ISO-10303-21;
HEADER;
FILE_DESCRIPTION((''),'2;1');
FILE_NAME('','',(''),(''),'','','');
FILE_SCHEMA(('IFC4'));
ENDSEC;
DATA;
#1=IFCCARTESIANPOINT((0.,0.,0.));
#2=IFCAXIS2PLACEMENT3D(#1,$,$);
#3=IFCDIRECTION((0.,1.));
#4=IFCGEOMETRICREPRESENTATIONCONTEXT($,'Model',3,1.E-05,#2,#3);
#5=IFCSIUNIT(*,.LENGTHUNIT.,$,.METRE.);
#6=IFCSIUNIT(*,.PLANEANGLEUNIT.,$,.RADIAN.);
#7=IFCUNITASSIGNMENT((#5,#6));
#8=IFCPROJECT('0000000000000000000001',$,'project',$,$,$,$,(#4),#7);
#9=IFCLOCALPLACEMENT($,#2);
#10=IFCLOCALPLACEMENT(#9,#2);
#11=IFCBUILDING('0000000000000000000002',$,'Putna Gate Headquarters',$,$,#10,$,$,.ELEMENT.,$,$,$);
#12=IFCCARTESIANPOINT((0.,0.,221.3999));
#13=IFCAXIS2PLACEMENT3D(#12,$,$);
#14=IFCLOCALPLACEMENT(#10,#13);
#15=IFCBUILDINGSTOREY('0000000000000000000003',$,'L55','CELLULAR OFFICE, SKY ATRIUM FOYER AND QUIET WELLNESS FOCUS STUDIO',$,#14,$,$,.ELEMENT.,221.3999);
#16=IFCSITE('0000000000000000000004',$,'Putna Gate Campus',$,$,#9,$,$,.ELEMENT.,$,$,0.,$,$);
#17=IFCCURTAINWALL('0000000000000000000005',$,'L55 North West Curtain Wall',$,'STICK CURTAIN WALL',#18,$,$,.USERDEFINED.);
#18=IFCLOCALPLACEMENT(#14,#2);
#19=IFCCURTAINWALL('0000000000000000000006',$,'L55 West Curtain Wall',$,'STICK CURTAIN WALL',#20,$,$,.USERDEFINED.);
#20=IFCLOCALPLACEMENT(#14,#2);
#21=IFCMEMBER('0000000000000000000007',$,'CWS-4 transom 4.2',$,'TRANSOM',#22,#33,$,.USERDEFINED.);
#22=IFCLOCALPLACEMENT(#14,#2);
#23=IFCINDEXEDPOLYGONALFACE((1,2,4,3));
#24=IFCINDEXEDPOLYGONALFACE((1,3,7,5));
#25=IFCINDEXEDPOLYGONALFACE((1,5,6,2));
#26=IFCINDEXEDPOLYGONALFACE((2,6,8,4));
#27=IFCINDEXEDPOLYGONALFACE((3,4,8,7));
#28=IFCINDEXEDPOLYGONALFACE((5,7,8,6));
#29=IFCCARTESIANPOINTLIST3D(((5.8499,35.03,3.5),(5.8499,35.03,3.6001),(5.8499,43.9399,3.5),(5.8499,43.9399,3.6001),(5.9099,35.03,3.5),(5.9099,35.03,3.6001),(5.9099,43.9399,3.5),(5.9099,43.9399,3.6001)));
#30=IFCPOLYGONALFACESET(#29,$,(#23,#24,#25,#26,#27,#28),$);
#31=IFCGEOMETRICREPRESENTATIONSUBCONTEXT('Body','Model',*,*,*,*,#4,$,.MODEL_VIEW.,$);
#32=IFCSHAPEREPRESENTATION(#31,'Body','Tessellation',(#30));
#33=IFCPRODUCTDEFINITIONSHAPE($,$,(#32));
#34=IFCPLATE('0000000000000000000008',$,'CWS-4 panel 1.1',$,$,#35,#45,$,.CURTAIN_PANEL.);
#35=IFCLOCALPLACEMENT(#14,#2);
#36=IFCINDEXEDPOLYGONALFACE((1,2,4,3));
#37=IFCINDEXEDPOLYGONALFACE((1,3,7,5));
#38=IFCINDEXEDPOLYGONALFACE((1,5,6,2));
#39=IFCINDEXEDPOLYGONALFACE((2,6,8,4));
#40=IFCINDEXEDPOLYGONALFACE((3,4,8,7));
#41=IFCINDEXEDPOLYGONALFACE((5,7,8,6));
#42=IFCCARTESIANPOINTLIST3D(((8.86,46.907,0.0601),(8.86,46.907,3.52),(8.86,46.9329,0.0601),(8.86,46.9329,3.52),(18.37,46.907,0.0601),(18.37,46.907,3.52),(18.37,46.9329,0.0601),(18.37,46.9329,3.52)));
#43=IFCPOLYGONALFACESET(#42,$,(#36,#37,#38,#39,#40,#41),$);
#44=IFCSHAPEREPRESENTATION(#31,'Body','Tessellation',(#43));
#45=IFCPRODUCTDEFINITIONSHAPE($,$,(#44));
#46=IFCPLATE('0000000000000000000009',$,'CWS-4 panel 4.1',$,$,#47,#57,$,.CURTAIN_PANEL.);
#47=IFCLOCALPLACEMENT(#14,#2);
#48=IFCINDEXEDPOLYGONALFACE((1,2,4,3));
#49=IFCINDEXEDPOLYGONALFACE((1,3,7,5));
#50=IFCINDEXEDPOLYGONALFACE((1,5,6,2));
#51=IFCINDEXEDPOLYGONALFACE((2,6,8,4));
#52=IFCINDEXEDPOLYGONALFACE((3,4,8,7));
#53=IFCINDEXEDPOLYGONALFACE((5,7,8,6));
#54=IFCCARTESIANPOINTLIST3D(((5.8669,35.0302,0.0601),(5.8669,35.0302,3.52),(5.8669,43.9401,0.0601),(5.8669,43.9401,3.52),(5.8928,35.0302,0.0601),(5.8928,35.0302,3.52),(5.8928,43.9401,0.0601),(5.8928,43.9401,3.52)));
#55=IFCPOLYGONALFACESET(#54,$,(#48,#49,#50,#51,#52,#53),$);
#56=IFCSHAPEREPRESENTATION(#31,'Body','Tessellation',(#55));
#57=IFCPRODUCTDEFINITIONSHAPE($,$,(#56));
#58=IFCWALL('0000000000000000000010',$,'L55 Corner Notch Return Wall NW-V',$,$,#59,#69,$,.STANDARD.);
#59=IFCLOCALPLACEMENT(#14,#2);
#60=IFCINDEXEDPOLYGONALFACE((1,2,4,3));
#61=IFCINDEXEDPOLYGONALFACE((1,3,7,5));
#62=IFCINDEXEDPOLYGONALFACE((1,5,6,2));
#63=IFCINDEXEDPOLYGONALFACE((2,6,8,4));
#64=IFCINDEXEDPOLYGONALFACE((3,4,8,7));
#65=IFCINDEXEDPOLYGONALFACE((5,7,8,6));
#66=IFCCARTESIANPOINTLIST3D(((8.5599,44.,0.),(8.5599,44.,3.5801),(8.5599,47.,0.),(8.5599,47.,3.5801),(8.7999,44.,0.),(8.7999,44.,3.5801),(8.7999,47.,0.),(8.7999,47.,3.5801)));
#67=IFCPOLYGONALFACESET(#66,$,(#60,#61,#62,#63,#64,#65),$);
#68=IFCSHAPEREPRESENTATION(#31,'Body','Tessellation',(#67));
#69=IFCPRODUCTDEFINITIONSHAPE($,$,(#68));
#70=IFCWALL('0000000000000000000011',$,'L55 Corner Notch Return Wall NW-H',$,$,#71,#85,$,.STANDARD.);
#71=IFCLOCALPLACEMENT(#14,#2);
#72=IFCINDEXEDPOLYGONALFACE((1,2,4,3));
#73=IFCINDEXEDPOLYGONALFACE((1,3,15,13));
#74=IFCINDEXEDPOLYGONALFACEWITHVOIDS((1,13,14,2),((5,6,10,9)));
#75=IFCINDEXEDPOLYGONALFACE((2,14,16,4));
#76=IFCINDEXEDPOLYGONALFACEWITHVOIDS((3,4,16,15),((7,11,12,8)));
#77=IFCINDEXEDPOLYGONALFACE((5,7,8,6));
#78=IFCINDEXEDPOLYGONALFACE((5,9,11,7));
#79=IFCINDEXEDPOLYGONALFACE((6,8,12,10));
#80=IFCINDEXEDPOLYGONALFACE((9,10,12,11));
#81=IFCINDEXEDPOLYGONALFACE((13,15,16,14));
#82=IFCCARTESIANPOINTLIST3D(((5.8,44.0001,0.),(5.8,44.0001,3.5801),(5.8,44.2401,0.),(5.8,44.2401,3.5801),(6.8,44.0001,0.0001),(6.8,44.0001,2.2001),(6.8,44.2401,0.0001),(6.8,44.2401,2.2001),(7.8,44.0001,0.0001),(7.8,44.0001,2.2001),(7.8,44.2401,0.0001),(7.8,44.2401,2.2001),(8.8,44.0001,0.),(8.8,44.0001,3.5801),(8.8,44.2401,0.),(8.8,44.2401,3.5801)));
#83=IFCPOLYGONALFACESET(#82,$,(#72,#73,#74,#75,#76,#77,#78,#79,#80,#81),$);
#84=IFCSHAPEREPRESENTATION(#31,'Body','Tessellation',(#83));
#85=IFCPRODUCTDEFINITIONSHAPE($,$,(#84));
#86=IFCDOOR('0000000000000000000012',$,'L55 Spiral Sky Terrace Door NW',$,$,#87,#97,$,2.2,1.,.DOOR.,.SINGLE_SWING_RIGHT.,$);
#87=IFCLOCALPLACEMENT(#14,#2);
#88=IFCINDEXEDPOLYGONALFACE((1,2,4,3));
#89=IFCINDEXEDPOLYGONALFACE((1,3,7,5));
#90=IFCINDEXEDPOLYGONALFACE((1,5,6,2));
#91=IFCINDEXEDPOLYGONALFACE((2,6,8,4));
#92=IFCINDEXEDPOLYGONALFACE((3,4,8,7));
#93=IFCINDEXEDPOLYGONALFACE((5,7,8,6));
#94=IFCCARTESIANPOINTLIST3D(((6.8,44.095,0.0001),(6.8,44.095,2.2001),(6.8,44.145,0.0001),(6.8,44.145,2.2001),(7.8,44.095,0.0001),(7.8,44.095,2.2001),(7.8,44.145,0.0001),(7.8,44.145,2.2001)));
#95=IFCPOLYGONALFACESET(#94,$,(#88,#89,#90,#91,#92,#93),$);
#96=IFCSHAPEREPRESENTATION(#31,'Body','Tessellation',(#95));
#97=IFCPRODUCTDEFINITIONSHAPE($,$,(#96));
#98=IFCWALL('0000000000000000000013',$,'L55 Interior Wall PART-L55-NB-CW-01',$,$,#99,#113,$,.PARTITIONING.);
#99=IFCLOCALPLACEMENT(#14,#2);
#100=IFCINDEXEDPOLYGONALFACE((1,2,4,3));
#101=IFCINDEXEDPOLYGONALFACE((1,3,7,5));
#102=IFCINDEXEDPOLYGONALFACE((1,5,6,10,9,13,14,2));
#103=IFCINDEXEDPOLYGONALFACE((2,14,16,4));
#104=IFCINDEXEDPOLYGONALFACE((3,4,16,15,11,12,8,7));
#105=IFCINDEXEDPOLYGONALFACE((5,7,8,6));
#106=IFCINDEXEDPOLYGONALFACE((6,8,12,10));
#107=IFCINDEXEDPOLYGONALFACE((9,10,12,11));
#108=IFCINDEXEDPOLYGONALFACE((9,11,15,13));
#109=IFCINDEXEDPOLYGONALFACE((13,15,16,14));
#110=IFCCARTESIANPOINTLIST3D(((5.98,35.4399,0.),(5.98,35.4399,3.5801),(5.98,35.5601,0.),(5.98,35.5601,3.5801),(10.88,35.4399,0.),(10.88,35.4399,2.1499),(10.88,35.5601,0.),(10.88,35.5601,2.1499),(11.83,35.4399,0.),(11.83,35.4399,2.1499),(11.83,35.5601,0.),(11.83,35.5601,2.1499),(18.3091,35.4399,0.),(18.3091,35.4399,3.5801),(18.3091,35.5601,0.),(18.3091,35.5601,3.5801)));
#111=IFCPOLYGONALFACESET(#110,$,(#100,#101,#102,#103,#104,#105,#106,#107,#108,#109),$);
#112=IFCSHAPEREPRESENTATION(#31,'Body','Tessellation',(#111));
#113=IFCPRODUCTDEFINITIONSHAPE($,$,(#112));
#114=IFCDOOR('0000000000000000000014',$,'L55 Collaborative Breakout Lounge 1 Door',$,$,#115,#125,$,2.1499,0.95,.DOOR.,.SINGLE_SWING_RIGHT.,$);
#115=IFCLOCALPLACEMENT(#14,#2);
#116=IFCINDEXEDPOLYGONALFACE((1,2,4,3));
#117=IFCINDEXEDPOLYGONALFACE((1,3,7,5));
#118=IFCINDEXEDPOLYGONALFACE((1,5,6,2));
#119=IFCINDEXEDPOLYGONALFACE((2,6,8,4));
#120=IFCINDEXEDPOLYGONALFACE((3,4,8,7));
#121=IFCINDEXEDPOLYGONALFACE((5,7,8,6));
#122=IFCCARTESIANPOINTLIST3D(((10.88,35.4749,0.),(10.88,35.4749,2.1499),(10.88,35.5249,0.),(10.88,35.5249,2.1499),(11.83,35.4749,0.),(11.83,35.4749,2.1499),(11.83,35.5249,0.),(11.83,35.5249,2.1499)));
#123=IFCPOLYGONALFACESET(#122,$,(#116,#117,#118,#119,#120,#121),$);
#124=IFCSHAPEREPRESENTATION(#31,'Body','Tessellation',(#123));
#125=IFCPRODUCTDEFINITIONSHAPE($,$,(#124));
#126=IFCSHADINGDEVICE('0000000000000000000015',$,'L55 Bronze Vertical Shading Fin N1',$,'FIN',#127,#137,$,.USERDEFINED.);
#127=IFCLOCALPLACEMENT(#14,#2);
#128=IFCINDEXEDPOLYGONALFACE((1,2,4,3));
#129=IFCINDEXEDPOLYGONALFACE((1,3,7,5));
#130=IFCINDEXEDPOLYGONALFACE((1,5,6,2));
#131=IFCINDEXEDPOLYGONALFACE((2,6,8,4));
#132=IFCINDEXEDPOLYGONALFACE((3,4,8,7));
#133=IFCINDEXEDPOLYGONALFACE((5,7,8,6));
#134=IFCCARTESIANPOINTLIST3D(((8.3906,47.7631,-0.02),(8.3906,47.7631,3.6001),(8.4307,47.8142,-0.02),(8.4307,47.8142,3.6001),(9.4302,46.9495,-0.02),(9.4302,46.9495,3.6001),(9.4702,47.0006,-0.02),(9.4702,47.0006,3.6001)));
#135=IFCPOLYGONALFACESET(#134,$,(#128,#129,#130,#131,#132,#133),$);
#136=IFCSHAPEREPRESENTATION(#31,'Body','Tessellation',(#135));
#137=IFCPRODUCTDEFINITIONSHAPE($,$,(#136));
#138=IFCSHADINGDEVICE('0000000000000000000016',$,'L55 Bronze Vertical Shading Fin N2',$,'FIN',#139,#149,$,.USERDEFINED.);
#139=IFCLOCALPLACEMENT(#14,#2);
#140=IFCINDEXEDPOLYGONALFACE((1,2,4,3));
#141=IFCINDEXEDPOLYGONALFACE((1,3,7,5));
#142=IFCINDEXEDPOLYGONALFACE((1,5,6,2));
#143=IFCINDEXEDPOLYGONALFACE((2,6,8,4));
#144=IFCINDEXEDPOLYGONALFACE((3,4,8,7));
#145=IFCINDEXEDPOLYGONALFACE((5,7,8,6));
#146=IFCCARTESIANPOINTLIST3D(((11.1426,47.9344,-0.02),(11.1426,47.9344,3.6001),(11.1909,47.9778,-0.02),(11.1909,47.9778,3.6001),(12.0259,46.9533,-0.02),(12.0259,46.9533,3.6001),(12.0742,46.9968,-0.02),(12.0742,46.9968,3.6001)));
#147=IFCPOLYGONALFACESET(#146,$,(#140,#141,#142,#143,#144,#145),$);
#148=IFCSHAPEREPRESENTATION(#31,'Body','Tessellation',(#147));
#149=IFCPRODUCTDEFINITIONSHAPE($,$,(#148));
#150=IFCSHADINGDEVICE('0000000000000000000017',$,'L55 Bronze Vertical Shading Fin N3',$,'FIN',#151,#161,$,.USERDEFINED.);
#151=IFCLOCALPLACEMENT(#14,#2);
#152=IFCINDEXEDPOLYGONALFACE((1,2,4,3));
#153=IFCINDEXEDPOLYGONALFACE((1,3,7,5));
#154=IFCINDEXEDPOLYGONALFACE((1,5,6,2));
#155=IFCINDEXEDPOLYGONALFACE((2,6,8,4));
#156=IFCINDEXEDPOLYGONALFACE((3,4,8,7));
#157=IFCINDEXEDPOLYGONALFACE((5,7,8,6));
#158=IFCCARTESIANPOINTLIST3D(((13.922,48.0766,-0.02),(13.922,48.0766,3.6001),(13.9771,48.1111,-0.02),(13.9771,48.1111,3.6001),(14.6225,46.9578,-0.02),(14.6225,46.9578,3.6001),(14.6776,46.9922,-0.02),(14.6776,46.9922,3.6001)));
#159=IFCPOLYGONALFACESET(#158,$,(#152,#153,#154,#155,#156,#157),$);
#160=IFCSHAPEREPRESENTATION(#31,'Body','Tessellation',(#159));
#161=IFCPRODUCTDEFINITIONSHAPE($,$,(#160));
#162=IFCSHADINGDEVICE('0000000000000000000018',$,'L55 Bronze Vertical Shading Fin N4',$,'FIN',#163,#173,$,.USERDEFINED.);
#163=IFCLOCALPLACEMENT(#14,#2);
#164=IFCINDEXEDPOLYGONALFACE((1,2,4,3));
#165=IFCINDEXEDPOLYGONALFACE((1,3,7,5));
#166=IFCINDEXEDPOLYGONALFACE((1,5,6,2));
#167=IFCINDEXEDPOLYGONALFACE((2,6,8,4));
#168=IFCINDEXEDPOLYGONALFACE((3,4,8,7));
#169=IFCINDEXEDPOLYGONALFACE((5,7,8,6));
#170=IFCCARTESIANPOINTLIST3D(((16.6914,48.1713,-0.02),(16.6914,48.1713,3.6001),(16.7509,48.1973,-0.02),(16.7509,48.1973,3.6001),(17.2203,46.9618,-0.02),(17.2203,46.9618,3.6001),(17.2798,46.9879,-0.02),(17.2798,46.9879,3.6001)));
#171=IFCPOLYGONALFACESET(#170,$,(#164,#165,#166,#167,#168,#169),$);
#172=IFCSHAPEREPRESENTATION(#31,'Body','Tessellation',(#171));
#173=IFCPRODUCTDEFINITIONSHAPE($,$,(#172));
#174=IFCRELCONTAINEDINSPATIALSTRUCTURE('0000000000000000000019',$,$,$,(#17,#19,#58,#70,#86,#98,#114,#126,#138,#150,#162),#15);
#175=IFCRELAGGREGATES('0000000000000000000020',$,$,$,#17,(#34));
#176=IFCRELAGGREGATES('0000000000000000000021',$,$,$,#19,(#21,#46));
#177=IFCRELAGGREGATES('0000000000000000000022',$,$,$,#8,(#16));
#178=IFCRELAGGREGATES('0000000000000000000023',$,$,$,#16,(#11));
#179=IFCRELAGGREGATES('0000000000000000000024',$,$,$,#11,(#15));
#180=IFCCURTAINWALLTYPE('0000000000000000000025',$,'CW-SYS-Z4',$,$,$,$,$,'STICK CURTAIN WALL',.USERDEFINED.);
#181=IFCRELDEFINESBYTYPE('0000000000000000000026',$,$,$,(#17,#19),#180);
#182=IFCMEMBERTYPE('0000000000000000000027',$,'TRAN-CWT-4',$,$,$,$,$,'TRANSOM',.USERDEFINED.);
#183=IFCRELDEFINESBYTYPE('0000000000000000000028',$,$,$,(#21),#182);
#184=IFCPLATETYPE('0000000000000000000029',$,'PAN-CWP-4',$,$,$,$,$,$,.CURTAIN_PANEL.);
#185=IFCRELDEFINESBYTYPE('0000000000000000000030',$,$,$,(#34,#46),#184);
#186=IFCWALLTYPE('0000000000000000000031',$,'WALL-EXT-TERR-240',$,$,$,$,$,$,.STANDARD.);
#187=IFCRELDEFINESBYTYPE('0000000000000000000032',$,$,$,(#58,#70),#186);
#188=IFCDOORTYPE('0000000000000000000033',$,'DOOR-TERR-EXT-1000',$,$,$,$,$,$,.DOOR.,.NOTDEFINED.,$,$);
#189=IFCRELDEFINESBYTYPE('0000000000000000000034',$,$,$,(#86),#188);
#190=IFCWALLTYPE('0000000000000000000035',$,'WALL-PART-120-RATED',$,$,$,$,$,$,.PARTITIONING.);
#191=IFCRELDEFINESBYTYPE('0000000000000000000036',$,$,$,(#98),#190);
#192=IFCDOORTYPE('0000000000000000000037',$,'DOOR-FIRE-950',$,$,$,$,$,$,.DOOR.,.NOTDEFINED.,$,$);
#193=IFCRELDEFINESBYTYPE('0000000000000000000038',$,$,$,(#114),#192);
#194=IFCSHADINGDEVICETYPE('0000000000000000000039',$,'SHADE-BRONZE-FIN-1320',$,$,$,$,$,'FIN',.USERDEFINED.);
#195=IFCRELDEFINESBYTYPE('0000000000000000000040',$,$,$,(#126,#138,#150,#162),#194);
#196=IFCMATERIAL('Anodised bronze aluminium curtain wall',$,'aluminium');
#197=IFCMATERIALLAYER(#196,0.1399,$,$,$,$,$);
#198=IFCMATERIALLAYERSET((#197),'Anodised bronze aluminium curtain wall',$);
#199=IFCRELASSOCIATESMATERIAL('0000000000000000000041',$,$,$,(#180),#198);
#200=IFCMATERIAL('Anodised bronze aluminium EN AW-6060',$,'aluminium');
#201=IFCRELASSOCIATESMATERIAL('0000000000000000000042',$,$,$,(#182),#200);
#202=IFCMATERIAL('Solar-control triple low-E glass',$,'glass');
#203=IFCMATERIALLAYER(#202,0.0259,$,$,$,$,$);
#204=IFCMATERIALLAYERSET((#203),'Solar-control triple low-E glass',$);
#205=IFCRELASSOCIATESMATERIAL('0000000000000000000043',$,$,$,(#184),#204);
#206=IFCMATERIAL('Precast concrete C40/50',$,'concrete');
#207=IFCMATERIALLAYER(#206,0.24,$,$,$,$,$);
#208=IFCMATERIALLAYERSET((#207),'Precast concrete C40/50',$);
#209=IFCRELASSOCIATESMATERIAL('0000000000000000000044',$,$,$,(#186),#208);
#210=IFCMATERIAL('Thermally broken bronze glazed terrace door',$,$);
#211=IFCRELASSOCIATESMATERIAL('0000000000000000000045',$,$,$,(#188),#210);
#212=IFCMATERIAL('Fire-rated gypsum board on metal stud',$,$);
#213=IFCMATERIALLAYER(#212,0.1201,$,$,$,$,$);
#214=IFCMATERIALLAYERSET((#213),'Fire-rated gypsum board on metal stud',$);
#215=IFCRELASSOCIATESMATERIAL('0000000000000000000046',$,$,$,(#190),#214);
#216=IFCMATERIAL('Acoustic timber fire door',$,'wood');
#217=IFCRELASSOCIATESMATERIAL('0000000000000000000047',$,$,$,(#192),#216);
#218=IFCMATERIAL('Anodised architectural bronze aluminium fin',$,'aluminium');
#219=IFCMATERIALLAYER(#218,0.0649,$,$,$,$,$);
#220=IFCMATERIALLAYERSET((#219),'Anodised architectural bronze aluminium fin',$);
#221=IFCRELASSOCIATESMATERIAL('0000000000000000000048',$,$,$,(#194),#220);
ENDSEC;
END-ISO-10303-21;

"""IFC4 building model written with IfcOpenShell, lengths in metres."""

from ifc_helpers import new_model, si_unit, direction, frame, frame_2d, origin, origin_2d, place, context, subcontext, project, spatial, rectangle, extrude, material, layer, layer_set, material_profile, profile_set, type_object, element, fill, aggregate, save


model = new_model("IFC4")

# Units and contexts
model_context = context("Model", 3, precision=1e-05, world=origin(), true_north=direction((0.0, 1.0)))
body_context = subcontext(model_context, "Body", "Model", "MODEL_VIEW")
ifc_project = project(units=[si_unit("LENGTHUNIT", "METRE"), si_unit("PLANEANGLEUNIT", "RADIAN")], contexts=[model_context])

# Site, building, storey
site_placement = place(None, origin())
site = spatial("IfcSite", under=ifc_project, at=site_placement, Name="Putna Gate Campus", CompositionType="ELEMENT", RefElevation=0.0)
building_placement = place(site_placement, origin())
building = spatial("IfcBuilding", under=site, at=building_placement, Name="Putna Gate Headquarters", CompositionType="ELEMENT")
storey_placement = place(building_placement, frame((0.0, 0.0, 221.3999)))
storey = spatial("IfcBuildingStorey", under=building, at=storey_placement, Name="L55", Description="CELLULAR OFFICE, SKY ATRIUM FOYER AND QUIET WELLNESS FOCUS STUDIO", CompositionType="ELEMENT", Elevation=221.3999)

# Curtain wall
ifc_material_1 = material(Name="Anodised bronze aluminium curtain wall", Category="aluminium")
ifc_layer_1 = layer(ifc_material_1, 0.1399)
ifc_layer_set_1 = layer_set([ifc_layer_1], Name="Anodised bronze aluminium curtain wall")
curtain_wall_type = type_object("IfcCurtainWallType", Name="CW-SYS-Z4", ElementType="STICK CURTAIN WALL", PredefinedType="USERDEFINED", material=ifc_layer_set_1)
curtain_wall_1_placement = place(storey_placement, origin())
curtain_wall_1 = element("IfcCurtainWall", 1, at=curtain_wall_1_placement, inside=storey, type_object=curtain_wall_type, Name="L55 North West Curtain Wall", ObjectType="STICK CURTAIN WALL", PredefinedType="USERDEFINED")
ifc_material_2 = material(Name="Anodised bronze aluminium EN AW-6060", Category="aluminium")

# Curtain wall
curtain_wall_2_placement = place(storey_placement, origin())
curtain_wall_2 = element("IfcCurtainWall", 2, at=curtain_wall_2_placement, inside=storey, type_object=curtain_wall_type, Name="L55 West Curtain Wall", ObjectType="STICK CURTAIN WALL", PredefinedType="USERDEFINED")

# Member
ifc_material_profile_1 = material_profile(ifc_material_2, rectangle(XDim=0.0601, YDim=0.1001, at=origin_2d()), Name="Anodised bronze aluminium EN AW-6060")
ifc_profile_set_1 = profile_set([ifc_material_profile_1], Name="Anodised bronze aluminium EN AW-6060")
member_type_1 = type_object("IfcMemberType", Name="TRAN-CWT-4", ElementType="TRANSOM", PredefinedType="USERDEFINED", material=ifc_profile_set_1)
member_1_placement = place(storey_placement, frame((5.8799, 35.03, 3.55), z_axis=(0.0, 1.0, 0.0), x_axis=(-1.0, 0.0, 0.0)))
member_1 = element("IfcMember", 3, at=member_1_placement, type_object=member_type_1, Name="CWS-4 transom 4.2", ObjectType="TRANSOM", PredefinedType="USERDEFINED", context=body_context, shape_type="SweptSolid", body=[
    extrude(rectangle(XDim=0.0601, YDim=0.1001, at=origin_2d()), origin(), (0.0, 0.0, 1.0), 8.9099),
])

# Plates
ifc_material_3 = material(Name="Solar-control triple low-E glass", Category="glass")
ifc_layer_2 = layer(ifc_material_3, 0.0259)
ifc_layer_set_2 = layer_set([ifc_layer_2], Name="Solar-control triple low-E glass")
plate_type = type_object("IfcPlateType", Name="PAN-CWP-4", PredefinedType="CURTAIN_PANEL", material=ifc_layer_set_2)
plate_1_placement = place(storey_placement, frame((13.615, 46.9199, 0.0601), z_axis=(0.0, 0.0, 1.0), x_axis=(1.0, 0.0, 0.0)))
plate_1 = element("IfcPlate", 4, at=plate_1_placement, type_object=plate_type, Name="CWS-4 panel 1.1", PredefinedType="CURTAIN_PANEL", context=body_context, shape_type="SweptSolid", body=[
    extrude(rectangle(XDim=9.51, YDim=0.0259, at=origin_2d()), origin(), (0.0, 0.0, 1.0), 3.46),
])
aggregate(curtain_wall_1, [plate_1])
plate_2_placement = place(storey_placement, frame((5.8799, 39.4851, 0.0601), z_axis=(0.0, 0.0, 1.0), x_axis=(0.0, 1.0, 0.0)))
plate_2 = element("IfcPlate", 5, at=plate_2_placement, type_object=plate_type, Name="CWS-4 panel 4.1", PredefinedType="CURTAIN_PANEL", context=body_context, shape_type="SweptSolid", body=[
    extrude(rectangle(XDim=8.9099, YDim=0.0259, at=origin_2d()), origin(), (0.0, 0.0, 1.0), 3.46),
])
aggregate(curtain_wall_2, [member_1, plate_2])

# Wall
ifc_material_4 = material(Name="Precast concrete C40/50", Category="concrete")
ifc_layer_3 = layer(ifc_material_4, 0.24)
ifc_layer_set_3 = layer_set([ifc_layer_3], Name="Precast concrete C40/50")
wall_type_1 = type_object("IfcWallType", Name="WALL-EXT-TERR-240", PredefinedType="STANDARD", material=ifc_layer_set_3)
wall_1_placement = place(storey_placement, frame((8.6799, 44.0, 0.0), z_axis=(0.0, 0.0, 1.0), x_axis=(0.0, 1.0, 0.0)))
element("IfcWall", 6, at=wall_1_placement, inside=storey, type_object=wall_type_1, Name="L55 Corner Notch Return Wall NW-V", PredefinedType="STANDARD", context=body_context, shape_type="SweptSolid", body=[
    extrude(rectangle(XDim=3.0, YDim=0.24, at=frame_2d((1.5, 0.0))), origin(), (0.0, 0.0, 1.0), 3.5801),
])

# Walls, openings, doors
wall_2_placement = place(storey_placement, frame((5.8, 44.1201, 0.0), z_axis=(0.0, 0.0, 1.0), x_axis=(1.0, 0.0, 0.0)))
wall_2 = element("IfcWall", 7, at=wall_2_placement, inside=storey, type_object=wall_type_1, Name="L55 Corner Notch Return Wall NW-H", PredefinedType="STANDARD", context=body_context, shape_type="SweptSolid", body=[
    extrude(rectangle(XDim=3.0, YDim=0.24, at=frame_2d((1.5, 0.0))), origin(), (0.0, 0.0, 1.0), 3.5801),
])
opening_1_placement = place(wall_2_placement, frame((1.0, 0.0, 0.0)))
opening_1 = element("IfcOpeningElement", 8, at=opening_1_placement, cuts=wall_2, PredefinedType="OPENING", context=body_context, shape_type="SweptSolid", body=[
    extrude(rectangle(XDim=1.0, YDim=2.2, at=frame_2d((0.5, 1.1001))), frame((0.0, 0.1299, 0.0), z_axis=(0.0, -1.0, 0.0), x_axis=(1.0, 0.0, 0.0)), (0.0, 0.0, 1.0), 0.26),
])
ifc_material_5 = material(Name="Thermally broken bronze glazed terrace door")
door_type_1 = type_object("IfcDoorType", Name="DOOR-TERR-EXT-1000", OperationType="NOTDEFINED", PredefinedType="DOOR", material=ifc_material_5)
door_1_placement = place(opening_1_placement, origin())
door_1 = element("IfcDoor", 9, at=door_1_placement, inside=storey, type_object=door_type_1, Name="L55 Spiral Sky Terrace Door NW", OperationType="SINGLE_SWING_RIGHT", OverallHeight=2.2, OverallWidth=1.0, PredefinedType="DOOR", context=body_context, shape_type="SweptSolid", body=[
    extrude(rectangle(XDim=1.0, YDim=2.2, at=frame_2d((0.5, 1.1001))), frame((0.0, 0.0249, 0.0), z_axis=(0.0, -1.0, 0.0), x_axis=(1.0, 0.0, 0.0)), (0.0, 0.0, 1.0), 0.05),
])
fill(opening_1, door_1)
ifc_material_6 = material(Name="Fire-rated gypsum board on metal stud")
ifc_layer_4 = layer(ifc_material_6, 0.1201)
ifc_layer_set_4 = layer_set([ifc_layer_4], Name="Fire-rated gypsum board on metal stud")
wall_type_2 = type_object("IfcWallType", Name="WALL-PART-120-RATED", PredefinedType="PARTITIONING", material=ifc_layer_set_4)
wall_3_placement = place(storey_placement, frame((5.98, 35.5, 0.0), z_axis=(0.0, 0.0, 1.0), x_axis=(1.0, 0.0, 0.0)))
wall_3 = element("IfcWall", 10, at=wall_3_placement, inside=storey, type_object=wall_type_2, Name="L55 Interior Wall PART-L55-NB-CW-01", PredefinedType="PARTITIONING", context=body_context, shape_type="SweptSolid", body=[
    extrude(rectangle(XDim=12.3291, YDim=0.1201, at=frame_2d((6.1646, 0.0))), origin(), (0.0, 0.0, 1.0), 3.5801),
])
opening_2_placement = place(wall_3_placement, frame((4.8999, 0.0, 0.0)))
opening_2 = element("IfcOpeningElement", 11, at=opening_2_placement, cuts=wall_3, PredefinedType="OPENING", context=body_context, shape_type="SweptSolid", body=[
    extrude(rectangle(XDim=0.95, YDim=2.1499, at=frame_2d((0.4751, 1.075))), frame((0.0, 0.0701, 0.0), z_axis=(0.0, -1.0, 0.0), x_axis=(1.0, 0.0, 0.0)), (0.0, 0.0, 1.0), 0.1401),
])
ifc_material_7 = material(Name="Acoustic timber fire door", Category="wood")
door_type_2 = type_object("IfcDoorType", Name="DOOR-FIRE-950", OperationType="NOTDEFINED", PredefinedType="DOOR", material=ifc_material_7)
door_2_placement = place(opening_2_placement, origin())
door_2 = element("IfcDoor", 12, at=door_2_placement, inside=storey, type_object=door_type_2, Name="L55 Collaborative Breakout Lounge 1 Door", OperationType="SINGLE_SWING_RIGHT", OverallHeight=2.1499, OverallWidth=0.95, PredefinedType="DOOR", context=body_context, shape_type="SweptSolid", body=[
    extrude(rectangle(XDim=0.95, YDim=2.1499, at=frame_2d((0.4751, 1.075))), frame((0.0, 0.0249, 0.0), z_axis=(0.0, -1.0, 0.0), x_axis=(1.0, 0.0, 0.0)), (0.0, 0.0, 1.0), 0.05),
])
fill(opening_2, door_2)

# Shading devices
ifc_material_8 = material(Name="Anodised architectural bronze aluminium fin", Category="aluminium")
ifc_layer_5 = layer(ifc_material_8, 0.0649)
ifc_layer_set_5 = layer_set([ifc_layer_5], Name="Anodised architectural bronze aluminium fin")
shading_device_type = type_object("IfcShadingDeviceType", Name="SHADE-BRONZE-FIN-1320", ElementType="FIN", PredefinedType="USERDEFINED", material=ifc_layer_set_5)
for number, where, z_axis, x_axis, name in (
    (13, (8.9304, 47.3818, -0.02), (0.0, 0.0, 1.0), (-0.787473, 0.616349, 0.0), "L55 Bronze Vertical Shading Fin N1"),
    (14, (11.6084, 47.4656, -0.02), (0.0, 0.0, 1.0), (-0.669131, 0.743145, 0.0), "L55 Bronze Vertical Shading Fin N2"),
    (15, (14.2998, 47.5344, -0.02), (0.0, 0.0, 1.0), (-0.530659, 0.847585, 0.0), "L55 Bronze Vertical Shading Fin N3"),
    (16, (16.9856, 47.5796, -0.02), (0.0, 0.0, 1.0), (-0.400669, 0.916223, 0.0), "L55 Bronze Vertical Shading Fin N4"),
):
    element("IfcShadingDevice", number, at=place(storey_placement, frame(where, z_axis=z_axis, x_axis=x_axis)), inside=storey, type_object=shading_device_type, Name=name, ObjectType="FIN", PredefinedType="USERDEFINED", context=body_context, shape_type="SweptSolid", body=[
        extrude(rectangle(XDim=1.3201, YDim=0.0649, at=origin_2d()), origin(), (0.0, 0.0, 1.0), 3.6201),
    ])

save(model, "model.ifc")
